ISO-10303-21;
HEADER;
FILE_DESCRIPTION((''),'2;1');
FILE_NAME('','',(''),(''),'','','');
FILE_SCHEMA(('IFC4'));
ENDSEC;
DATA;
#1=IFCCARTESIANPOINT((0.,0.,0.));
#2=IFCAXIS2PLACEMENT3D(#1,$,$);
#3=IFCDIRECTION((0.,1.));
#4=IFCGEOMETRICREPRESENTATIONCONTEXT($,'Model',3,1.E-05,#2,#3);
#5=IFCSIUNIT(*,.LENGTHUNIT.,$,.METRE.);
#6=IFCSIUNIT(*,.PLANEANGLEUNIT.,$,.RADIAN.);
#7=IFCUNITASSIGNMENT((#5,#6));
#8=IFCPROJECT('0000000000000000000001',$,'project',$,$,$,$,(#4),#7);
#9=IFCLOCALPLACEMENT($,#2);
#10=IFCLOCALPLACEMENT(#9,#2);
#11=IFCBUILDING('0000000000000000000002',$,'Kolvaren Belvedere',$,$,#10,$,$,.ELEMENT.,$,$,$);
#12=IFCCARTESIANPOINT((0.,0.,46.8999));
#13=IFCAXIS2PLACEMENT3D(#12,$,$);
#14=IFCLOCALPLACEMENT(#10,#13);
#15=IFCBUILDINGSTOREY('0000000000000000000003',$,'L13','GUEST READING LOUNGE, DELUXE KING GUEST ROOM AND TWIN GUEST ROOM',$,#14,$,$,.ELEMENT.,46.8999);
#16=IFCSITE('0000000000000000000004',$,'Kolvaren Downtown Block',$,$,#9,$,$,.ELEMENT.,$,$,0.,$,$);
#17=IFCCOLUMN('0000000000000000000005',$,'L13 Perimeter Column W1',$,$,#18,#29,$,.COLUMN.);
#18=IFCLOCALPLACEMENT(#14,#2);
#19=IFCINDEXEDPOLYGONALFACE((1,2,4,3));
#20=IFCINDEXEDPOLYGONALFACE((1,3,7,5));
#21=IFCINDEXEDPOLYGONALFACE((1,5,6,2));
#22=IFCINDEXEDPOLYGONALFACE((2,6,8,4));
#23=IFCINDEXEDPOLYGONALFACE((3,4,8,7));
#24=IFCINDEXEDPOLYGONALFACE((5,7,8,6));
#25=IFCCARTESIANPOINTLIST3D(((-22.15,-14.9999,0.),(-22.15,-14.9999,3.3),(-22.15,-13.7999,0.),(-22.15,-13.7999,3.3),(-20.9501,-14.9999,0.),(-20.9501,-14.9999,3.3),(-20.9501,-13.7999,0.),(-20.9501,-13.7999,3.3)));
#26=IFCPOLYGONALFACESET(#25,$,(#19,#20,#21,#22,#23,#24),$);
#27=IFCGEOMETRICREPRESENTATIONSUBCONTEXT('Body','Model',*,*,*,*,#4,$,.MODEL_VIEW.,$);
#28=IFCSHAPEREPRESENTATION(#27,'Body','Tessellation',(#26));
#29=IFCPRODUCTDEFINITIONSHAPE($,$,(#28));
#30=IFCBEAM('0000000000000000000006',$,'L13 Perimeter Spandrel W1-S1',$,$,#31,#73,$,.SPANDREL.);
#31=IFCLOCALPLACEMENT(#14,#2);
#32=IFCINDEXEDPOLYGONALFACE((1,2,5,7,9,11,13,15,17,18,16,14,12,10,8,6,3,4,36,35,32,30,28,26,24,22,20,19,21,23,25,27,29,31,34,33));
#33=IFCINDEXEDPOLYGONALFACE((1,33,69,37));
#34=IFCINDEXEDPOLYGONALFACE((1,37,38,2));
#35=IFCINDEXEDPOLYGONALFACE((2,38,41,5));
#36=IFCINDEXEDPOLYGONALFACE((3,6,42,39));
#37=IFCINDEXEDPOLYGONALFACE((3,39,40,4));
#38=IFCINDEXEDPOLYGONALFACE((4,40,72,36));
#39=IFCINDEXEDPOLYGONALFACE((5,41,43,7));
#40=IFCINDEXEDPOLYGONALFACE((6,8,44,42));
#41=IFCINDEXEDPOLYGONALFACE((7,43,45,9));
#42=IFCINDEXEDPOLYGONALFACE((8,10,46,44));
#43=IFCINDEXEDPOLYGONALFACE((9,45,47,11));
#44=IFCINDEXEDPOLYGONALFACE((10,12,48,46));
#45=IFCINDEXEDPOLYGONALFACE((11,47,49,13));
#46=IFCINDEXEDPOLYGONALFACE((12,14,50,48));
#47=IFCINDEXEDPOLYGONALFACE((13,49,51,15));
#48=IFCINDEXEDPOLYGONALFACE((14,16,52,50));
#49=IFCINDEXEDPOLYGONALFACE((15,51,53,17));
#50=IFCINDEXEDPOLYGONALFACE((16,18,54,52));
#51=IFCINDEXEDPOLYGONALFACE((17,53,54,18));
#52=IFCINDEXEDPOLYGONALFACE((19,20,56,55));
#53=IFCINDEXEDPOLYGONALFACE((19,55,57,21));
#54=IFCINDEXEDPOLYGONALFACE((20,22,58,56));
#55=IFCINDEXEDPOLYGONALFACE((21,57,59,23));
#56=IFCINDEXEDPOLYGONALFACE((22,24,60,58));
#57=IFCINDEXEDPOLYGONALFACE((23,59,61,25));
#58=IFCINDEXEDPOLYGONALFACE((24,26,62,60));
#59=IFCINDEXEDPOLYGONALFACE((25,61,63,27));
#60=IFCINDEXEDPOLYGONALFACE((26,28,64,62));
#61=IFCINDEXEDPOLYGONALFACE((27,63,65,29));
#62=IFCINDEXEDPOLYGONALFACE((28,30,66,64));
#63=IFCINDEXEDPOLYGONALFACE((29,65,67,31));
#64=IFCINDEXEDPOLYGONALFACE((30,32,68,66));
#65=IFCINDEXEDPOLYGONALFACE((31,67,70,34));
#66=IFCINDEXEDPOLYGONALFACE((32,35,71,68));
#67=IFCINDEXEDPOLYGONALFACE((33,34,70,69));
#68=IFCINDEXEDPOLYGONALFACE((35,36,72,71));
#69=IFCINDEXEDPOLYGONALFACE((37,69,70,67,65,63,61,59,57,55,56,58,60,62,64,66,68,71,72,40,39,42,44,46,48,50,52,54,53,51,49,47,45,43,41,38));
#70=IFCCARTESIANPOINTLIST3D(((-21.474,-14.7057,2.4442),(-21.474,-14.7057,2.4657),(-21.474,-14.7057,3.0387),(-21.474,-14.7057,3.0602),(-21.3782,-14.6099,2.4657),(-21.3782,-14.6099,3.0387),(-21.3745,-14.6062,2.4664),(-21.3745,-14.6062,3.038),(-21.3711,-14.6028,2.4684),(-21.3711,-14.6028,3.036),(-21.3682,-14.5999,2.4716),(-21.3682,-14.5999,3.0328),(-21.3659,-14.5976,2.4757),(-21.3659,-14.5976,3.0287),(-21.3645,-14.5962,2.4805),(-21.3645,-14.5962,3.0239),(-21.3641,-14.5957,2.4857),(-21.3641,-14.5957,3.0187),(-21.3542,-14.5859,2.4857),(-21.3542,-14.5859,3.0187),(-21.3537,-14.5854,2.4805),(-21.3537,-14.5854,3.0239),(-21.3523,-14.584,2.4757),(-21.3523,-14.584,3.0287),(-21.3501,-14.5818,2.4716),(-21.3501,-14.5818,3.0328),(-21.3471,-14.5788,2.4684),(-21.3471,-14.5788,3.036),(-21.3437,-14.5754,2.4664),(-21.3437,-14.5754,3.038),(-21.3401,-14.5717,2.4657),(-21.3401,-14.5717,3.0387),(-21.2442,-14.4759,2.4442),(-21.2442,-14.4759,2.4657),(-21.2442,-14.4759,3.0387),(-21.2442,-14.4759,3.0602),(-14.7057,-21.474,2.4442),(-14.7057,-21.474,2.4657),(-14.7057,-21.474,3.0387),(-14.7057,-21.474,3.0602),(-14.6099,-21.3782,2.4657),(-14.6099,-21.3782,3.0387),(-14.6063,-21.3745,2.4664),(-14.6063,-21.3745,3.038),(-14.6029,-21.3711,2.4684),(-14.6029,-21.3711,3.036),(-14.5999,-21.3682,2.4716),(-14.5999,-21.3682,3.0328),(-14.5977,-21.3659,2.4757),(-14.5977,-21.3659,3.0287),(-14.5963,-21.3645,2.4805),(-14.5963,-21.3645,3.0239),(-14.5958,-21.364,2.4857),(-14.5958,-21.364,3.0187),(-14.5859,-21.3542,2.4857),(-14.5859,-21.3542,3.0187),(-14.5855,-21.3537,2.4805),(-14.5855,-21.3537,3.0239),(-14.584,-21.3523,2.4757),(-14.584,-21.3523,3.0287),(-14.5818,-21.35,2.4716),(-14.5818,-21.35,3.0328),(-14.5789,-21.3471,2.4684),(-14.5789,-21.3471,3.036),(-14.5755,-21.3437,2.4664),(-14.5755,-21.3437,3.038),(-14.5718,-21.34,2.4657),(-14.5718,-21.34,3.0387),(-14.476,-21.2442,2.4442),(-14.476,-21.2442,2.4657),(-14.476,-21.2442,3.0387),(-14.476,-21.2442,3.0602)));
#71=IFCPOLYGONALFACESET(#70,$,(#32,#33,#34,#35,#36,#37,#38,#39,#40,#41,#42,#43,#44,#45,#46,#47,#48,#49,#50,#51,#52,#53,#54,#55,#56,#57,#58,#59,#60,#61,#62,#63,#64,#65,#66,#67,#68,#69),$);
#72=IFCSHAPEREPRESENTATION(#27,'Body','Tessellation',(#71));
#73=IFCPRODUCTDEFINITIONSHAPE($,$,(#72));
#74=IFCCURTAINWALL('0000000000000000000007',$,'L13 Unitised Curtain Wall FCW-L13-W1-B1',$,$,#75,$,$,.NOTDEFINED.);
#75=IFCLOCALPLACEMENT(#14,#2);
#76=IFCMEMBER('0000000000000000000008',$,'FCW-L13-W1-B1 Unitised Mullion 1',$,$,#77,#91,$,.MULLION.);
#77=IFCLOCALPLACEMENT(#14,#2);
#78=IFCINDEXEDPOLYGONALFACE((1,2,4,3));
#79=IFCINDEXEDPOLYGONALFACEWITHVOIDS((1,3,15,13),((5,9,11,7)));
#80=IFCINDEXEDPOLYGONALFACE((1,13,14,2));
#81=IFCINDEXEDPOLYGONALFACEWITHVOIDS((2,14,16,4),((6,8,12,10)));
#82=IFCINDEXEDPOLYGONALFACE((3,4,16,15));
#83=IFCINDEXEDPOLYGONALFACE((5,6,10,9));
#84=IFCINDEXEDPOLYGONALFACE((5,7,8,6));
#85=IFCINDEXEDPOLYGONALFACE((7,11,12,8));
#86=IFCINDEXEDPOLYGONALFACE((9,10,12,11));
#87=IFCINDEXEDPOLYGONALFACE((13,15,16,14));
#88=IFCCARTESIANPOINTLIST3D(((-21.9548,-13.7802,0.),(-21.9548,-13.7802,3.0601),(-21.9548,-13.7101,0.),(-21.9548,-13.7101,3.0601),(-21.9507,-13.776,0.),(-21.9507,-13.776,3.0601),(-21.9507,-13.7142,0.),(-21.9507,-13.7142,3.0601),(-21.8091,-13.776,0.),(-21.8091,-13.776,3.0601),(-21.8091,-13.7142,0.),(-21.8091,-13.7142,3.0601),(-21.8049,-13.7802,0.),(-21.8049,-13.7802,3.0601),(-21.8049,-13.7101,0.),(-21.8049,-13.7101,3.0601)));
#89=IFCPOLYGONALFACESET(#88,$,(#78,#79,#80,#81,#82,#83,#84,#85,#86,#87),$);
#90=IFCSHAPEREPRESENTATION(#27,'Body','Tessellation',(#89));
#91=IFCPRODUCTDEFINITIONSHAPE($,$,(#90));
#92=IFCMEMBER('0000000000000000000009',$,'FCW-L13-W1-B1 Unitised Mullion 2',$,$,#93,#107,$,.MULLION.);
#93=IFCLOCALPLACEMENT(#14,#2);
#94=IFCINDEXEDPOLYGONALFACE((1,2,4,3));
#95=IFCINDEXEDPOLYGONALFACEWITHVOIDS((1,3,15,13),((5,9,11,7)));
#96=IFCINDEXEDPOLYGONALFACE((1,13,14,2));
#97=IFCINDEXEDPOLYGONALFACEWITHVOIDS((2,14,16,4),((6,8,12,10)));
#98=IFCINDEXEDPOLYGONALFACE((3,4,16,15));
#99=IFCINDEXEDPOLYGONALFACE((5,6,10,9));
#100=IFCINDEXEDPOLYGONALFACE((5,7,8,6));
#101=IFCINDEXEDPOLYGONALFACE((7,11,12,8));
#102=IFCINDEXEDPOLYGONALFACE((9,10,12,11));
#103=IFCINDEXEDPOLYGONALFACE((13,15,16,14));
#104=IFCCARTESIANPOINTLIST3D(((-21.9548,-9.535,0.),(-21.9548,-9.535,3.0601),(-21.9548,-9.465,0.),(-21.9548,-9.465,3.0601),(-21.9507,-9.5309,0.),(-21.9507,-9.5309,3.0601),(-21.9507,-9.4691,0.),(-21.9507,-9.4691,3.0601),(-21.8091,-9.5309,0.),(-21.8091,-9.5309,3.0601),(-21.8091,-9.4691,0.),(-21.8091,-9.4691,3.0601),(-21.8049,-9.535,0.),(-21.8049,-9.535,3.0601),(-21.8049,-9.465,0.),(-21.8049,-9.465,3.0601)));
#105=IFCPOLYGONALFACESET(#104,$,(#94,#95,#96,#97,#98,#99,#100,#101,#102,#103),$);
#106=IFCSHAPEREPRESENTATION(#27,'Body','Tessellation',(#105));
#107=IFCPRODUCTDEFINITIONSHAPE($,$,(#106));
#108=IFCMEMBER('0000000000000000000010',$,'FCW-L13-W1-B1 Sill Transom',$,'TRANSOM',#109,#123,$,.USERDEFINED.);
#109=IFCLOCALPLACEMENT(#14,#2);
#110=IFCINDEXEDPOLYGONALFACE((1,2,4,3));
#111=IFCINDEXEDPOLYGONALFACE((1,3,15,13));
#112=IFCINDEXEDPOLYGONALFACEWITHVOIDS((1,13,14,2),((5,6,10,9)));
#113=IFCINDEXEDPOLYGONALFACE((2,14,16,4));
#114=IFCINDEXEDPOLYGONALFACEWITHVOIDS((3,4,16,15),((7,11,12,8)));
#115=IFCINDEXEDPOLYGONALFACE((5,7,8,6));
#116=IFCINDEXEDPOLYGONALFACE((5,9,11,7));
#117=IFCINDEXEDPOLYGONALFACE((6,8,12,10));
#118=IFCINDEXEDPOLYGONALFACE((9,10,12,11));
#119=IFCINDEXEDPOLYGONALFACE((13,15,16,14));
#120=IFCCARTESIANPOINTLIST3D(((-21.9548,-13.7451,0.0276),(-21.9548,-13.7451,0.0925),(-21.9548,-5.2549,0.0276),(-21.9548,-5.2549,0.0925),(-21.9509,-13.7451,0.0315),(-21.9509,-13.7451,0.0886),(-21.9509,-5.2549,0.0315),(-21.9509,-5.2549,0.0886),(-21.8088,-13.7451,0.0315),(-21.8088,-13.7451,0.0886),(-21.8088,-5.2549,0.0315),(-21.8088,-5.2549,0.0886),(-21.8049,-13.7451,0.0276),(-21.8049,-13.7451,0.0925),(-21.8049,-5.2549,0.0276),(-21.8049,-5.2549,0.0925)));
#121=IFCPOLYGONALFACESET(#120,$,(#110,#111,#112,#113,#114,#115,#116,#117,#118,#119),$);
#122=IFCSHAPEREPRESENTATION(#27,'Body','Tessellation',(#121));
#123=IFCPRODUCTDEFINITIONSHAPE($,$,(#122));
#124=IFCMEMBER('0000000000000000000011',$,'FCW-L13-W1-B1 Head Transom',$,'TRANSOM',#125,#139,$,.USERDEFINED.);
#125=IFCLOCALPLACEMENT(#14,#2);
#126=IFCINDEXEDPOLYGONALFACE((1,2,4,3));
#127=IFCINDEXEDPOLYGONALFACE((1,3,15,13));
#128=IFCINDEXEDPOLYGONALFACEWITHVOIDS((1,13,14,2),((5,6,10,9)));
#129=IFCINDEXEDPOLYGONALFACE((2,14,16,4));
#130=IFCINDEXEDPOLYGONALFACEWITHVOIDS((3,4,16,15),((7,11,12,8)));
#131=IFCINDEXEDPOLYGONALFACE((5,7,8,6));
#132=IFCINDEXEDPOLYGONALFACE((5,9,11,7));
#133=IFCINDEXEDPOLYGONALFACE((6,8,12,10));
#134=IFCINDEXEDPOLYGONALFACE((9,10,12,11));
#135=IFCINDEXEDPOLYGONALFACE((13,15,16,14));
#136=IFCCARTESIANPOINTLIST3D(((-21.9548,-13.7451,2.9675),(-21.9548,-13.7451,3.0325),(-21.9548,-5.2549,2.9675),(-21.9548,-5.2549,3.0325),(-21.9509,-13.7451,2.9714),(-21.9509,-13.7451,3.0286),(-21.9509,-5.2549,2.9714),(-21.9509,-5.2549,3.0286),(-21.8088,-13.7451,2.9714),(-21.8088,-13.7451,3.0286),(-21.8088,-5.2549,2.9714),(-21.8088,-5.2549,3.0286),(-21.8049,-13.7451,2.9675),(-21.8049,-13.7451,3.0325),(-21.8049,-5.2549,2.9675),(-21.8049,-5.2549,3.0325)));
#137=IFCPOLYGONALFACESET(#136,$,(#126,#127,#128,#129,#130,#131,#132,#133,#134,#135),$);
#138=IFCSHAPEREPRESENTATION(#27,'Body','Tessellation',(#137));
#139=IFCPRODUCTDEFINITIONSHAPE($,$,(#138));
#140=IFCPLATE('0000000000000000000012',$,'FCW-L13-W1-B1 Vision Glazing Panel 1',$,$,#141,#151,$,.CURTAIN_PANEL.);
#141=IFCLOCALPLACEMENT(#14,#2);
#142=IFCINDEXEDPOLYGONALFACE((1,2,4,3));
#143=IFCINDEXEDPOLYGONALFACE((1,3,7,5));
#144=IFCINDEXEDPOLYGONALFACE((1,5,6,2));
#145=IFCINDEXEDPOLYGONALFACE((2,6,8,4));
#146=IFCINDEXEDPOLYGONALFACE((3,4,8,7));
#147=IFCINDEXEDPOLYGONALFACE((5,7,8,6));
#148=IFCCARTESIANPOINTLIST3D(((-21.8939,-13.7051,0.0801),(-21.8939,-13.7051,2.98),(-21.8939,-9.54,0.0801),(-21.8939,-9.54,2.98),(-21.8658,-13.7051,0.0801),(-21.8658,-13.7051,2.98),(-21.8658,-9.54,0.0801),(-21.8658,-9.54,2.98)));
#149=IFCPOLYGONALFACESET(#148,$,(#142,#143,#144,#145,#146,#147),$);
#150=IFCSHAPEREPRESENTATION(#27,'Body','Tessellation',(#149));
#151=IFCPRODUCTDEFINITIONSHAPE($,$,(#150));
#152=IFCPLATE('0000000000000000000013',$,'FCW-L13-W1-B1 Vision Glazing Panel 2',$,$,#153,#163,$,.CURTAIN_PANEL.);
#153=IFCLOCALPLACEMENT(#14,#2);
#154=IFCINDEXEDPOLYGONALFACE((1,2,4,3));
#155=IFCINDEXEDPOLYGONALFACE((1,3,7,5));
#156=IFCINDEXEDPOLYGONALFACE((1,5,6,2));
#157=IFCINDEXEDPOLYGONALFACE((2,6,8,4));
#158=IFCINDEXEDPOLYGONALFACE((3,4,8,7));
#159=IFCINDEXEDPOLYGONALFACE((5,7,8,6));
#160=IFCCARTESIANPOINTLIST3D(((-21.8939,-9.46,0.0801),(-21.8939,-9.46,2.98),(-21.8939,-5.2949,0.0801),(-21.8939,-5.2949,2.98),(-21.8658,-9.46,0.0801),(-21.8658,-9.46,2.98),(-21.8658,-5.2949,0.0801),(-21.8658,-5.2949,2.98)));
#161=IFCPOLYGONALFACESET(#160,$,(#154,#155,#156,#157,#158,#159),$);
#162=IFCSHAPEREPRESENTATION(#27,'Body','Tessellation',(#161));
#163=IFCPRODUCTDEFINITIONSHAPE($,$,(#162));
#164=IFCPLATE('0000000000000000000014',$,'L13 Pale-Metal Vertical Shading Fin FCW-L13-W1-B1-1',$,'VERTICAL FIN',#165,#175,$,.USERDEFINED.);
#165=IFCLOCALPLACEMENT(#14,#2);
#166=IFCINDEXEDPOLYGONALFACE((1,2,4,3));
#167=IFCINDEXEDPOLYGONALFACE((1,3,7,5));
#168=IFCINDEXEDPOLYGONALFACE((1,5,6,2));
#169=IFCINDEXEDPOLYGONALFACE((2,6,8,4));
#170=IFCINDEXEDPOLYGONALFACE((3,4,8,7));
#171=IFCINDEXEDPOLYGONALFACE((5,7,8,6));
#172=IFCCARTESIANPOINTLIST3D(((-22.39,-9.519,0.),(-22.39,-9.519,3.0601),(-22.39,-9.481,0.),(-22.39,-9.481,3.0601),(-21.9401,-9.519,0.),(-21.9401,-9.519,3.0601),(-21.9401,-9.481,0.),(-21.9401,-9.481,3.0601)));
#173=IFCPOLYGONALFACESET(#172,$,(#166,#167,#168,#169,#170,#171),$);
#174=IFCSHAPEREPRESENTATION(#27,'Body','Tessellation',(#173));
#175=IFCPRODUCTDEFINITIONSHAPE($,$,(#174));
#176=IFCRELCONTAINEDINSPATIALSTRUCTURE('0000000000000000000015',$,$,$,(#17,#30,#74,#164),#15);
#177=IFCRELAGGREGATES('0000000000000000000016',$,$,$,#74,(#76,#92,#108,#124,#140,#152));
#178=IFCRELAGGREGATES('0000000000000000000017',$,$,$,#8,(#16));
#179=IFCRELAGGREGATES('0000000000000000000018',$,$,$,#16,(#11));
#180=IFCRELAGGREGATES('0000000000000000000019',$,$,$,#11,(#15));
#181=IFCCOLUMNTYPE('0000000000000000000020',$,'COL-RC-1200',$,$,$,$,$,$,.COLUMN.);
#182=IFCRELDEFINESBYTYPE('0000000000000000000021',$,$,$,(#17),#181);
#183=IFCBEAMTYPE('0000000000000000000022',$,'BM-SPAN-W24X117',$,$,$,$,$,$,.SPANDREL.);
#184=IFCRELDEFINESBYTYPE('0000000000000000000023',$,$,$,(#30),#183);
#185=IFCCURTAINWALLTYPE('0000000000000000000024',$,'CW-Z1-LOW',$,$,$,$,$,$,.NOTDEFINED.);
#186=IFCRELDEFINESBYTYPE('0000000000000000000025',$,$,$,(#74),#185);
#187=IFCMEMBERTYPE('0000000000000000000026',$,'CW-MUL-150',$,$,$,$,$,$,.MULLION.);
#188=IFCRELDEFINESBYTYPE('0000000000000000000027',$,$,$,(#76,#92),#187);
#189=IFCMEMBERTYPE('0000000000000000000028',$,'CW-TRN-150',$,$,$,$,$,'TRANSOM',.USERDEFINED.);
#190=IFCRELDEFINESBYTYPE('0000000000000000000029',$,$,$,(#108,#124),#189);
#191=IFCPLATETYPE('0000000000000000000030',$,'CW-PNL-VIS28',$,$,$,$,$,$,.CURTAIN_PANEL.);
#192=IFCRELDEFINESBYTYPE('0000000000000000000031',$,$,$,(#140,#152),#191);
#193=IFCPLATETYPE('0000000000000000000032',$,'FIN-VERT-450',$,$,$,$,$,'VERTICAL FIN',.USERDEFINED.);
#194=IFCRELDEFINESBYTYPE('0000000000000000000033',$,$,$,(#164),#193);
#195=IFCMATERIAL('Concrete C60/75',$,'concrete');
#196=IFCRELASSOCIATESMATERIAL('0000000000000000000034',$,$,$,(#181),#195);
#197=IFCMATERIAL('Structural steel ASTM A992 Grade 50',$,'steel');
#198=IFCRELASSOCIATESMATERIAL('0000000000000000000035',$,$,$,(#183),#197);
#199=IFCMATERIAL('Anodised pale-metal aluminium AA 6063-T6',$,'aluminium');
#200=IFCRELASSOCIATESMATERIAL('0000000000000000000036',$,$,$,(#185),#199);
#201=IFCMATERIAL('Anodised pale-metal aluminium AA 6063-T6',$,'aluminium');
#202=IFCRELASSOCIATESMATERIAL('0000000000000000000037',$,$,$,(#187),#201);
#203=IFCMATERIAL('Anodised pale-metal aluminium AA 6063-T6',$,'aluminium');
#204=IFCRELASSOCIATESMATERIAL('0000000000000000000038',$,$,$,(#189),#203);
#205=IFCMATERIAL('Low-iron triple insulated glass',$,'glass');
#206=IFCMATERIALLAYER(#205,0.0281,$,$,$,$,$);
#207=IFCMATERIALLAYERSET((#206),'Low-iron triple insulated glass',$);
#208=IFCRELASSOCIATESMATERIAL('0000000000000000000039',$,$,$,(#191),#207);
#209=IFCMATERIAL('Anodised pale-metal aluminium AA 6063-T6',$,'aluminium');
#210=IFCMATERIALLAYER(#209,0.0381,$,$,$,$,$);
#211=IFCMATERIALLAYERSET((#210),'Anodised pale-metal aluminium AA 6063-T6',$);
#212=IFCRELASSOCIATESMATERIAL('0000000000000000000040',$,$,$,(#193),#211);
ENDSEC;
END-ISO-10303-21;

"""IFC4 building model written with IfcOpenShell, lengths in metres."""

from ifc_helpers import new_model, si_unit, direction, frame, origin, origin_2d, place, context, subcontext, project, spatial, rectangle, hollow_rectangle, i_section, extrude, material, layer, layer_set, material_profile, profile_set, type_object, element, aggregate, save


model = new_model("IFC4")

# Units and contexts
model_context = context("Model", 3, precision=1e-05, world=origin(), true_north=direction((0.0, 1.0)))
body_context = subcontext(model_context, "Body", "Model", "MODEL_VIEW")
ifc_project = project(units=[si_unit("LENGTHUNIT", "METRE"), si_unit("PLANEANGLEUNIT", "RADIAN")], contexts=[model_context])

# Site, building, storey
site_placement = place(None, origin())
site = spatial("IfcSite", under=ifc_project, at=site_placement, Name="Kolvaren Downtown Block", CompositionType="ELEMENT", RefElevation=0.0)
building_placement = place(site_placement, origin())
building = spatial("IfcBuilding", under=site, at=building_placement, Name="Kolvaren Belvedere", CompositionType="ELEMENT")
storey_placement = place(building_placement, frame((0.0, 0.0, 46.8999)))
storey = spatial("IfcBuildingStorey", under=building, at=storey_placement, Name="L13", Description="GUEST READING LOUNGE, DELUXE KING GUEST ROOM AND TWIN GUEST ROOM", CompositionType="ELEMENT", Elevation=46.8999)

# Column
ifc_material_1 = material(Name="Concrete C60/75", Category="concrete")
ifc_material_profile_1 = material_profile(ifc_material_1, rectangle(XDim=1.2, YDim=1.2, at=origin_2d()), Name="RC 1200X1200")
ifc_profile_set_1 = profile_set([ifc_material_profile_1], Name="Concrete C60/75")
column_type = type_object("IfcColumnType", Name="COL-RC-1200", PredefinedType="COLUMN", material=ifc_profile_set_1)
column_placement = place(storey_placement, frame((-21.55, -14.3999, 0.0), z_axis=(0.0, 0.0, 1.0), x_axis=(1.0, 0.0, 0.0)))
element("IfcColumn", 1, at=column_placement, inside=storey, type_object=column_type, Name="L13 Perimeter Column W1", PredefinedType="COLUMN", context=body_context, shape_type="SweptSolid", body=[
    extrude(rectangle(XDim=1.2, YDim=1.2, at=origin_2d()), origin(), (0.0, 0.0, 1.0), 3.3),
])

# Beam
ifc_material_2 = material(Name="Structural steel ASTM A992 Grade 50", Category="steel")
ifc_material_profile_2 = material_profile(ifc_material_2, i_section(OverallWidth=0.325, OverallDepth=0.616, WebThickness=0.0139, FlangeThickness=0.0215, FilletRadius=0.02, at=origin_2d()), Name="W24X117")
ifc_profile_set_2 = profile_set([ifc_material_profile_2], Name="Structural steel ASTM A992 Grade 50")
beam_type = type_object("IfcBeamType", Name="BM-SPAN-W24X117", PredefinedType="SPANDREL", material=ifc_profile_set_2)
beam_placement = place(storey_placement, frame((-21.3591, -14.5908, 2.7522), z_axis=(0.707107, -0.707107, 0.0), x_axis=(0.707107, 0.707107, 0.0)))
element("IfcBeam", 2, at=beam_placement, inside=storey, type_object=beam_type, Name="L13 Perimeter Spandrel W1-S1", PredefinedType="SPANDREL", context=body_context, shape_type="SweptSolid", body=[
    extrude(i_section(OverallWidth=0.325, OverallDepth=0.616, WebThickness=0.0139, FlangeThickness=0.0215, FilletRadius=0.02, at=origin_2d()), origin(), (0.0, 0.0, 1.0), 9.5718),
])

# Curtain wall, members, plates
ifc_material_3 = material(Name="Anodised pale-metal aluminium AA 6063-T6", Category="aluminium")
curtain_wall_type = type_object("IfcCurtainWallType", Name="CW-Z1-LOW", PredefinedType="NOTDEFINED", material=ifc_material_3)
curtain_wall_placement = place(storey_placement, origin())
curtain_wall = element("IfcCurtainWall", 3, at=curtain_wall_placement, inside=storey, type_object=curtain_wall_type, Name="L13 Unitised Curtain Wall FCW-L13-W1-B1", PredefinedType="NOTDEFINED")
ifc_material_4 = material(Name="Anodised pale-metal aluminium AA 6063-T6", Category="aluminium")
ifc_material_profile_3 = material_profile(ifc_material_4, hollow_rectangle(XDim=0.0701, YDim=0.1499, WallThickness=0.0042, at=origin_2d()), Name="ALU-MUL-150X70")
ifc_profile_set_3 = profile_set([ifc_material_profile_3], Name="Anodised pale-metal aluminium AA 6063-T6")
member_type_1 = type_object("IfcMemberType", Name="CW-MUL-150", PredefinedType="MULLION", material=ifc_profile_set_3)
member_1_placement = place(storey_placement, frame((-21.8799, -13.7451, 0.0), z_axis=(0.0, 0.0, 1.0), x_axis=(0.0, 1.0, 0.0)))
member_1 = element("IfcMember", 4, at=member_1_placement, type_object=member_type_1, Name="FCW-L13-W1-B1 Unitised Mullion 1", PredefinedType="MULLION", context=body_context, shape_type="SweptSolid", body=[
    extrude(hollow_rectangle(XDim=0.0701, YDim=0.1499, WallThickness=0.0042, at=origin_2d()), origin(), (0.0, 0.0, 1.0), 3.0601),
])
member_2_placement = place(storey_placement, frame((-21.8799, -9.5, 0.0), z_axis=(0.0, 0.0, 1.0), x_axis=(0.0, 1.0, 0.0)))
member_2 = element("IfcMember", 5, at=member_2_placement, type_object=member_type_1, Name="FCW-L13-W1-B1 Unitised Mullion 2", PredefinedType="MULLION", context=body_context, shape_type="SweptSolid", body=[
    extrude(hollow_rectangle(XDim=0.0701, YDim=0.1499, WallThickness=0.0042, at=origin_2d()), origin(), (0.0, 0.0, 1.0), 3.0601),
])
ifc_material_5 = material(Name="Anodised pale-metal aluminium AA 6063-T6", Category="aluminium")
ifc_material_profile_4 = material_profile(ifc_material_5, hollow_rectangle(XDim=0.0649, YDim=0.1499, WallThickness=0.0039, at=origin_2d()), Name="ALU-TRN-150X65")
ifc_profile_set_4 = profile_set([ifc_material_profile_4], Name="Anodised pale-metal aluminium AA 6063-T6")
member_type_2 = type_object("IfcMemberType", Name="CW-TRN-150", ElementType="TRANSOM", PredefinedType="USERDEFINED", material=ifc_profile_set_4)
member_3_placement = place(storey_placement, frame((-21.8799, -13.7451, 0.0601), z_axis=(0.0, 1.0, 0.0), x_axis=(0.0, 0.0, 1.0)))
member_3 = element("IfcMember", 6, at=member_3_placement, type_object=member_type_2, Name="FCW-L13-W1-B1 Sill Transom", ObjectType="TRANSOM", PredefinedType="USERDEFINED", context=body_context, shape_type="SweptSolid", body=[
    extrude(hollow_rectangle(XDim=0.0649, YDim=0.1499, WallThickness=0.0039, at=origin_2d()), origin(), (0.0, 0.0, 1.0), 8.4902),
])
member_4_placement = place(storey_placement, frame((-21.8799, -13.7451, 3.0), z_axis=(0.0, 1.0, 0.0), x_axis=(0.0, 0.0, 1.0)))
member_4 = element("IfcMember", 7, at=member_4_placement, type_object=member_type_2, Name="FCW-L13-W1-B1 Head Transom", ObjectType="TRANSOM", PredefinedType="USERDEFINED", context=body_context, shape_type="SweptSolid", body=[
    extrude(hollow_rectangle(XDim=0.0649, YDim=0.1499, WallThickness=0.0039, at=origin_2d()), origin(), (0.0, 0.0, 1.0), 8.4902),
])
ifc_material_6 = material(Name="Low-iron triple insulated glass", Category="glass")
ifc_layer_1 = layer(ifc_material_6, 0.0281)
ifc_layer_set_1 = layer_set([ifc_layer_1], Name="Low-iron triple insulated glass")
plate_type_1 = type_object("IfcPlateType", Name="CW-PNL-VIS28", PredefinedType="CURTAIN_PANEL", material=ifc_layer_set_1)
plate_1_placement = place(storey_placement, frame((-21.8799, -11.6226, 0.0801), z_axis=(0.0, 0.0, 1.0), x_axis=(0.0, 1.0, 0.0)))
plate_1 = element("IfcPlate", 8, at=plate_1_placement, type_object=plate_type_1, Name="FCW-L13-W1-B1 Vision Glazing Panel 1", PredefinedType="CURTAIN_PANEL", context=body_context, shape_type="SweptSolid", body=[
    extrude(rectangle(XDim=4.165, YDim=0.0281, at=origin_2d()), origin(), (0.0, 0.0, 1.0), 2.8999),
])
plate_2_placement = place(storey_placement, frame((-21.8799, -7.3774, 0.0801), z_axis=(0.0, 0.0, 1.0), x_axis=(0.0, 1.0, 0.0)))
plate_2 = element("IfcPlate", 9, at=plate_2_placement, type_object=plate_type_1, Name="FCW-L13-W1-B1 Vision Glazing Panel 2", PredefinedType="CURTAIN_PANEL", context=body_context, shape_type="SweptSolid", body=[
    extrude(rectangle(XDim=4.165, YDim=0.0281, at=origin_2d()), origin(), (0.0, 0.0, 1.0), 2.8999),
])
aggregate(curtain_wall, [member_1, member_2, member_3, member_4, plate_1, plate_2])

# Plate
ifc_material_7 = material(Name="Anodised pale-metal aluminium AA 6063-T6", Category="aluminium")
ifc_layer_2 = layer(ifc_material_7, 0.0381)
ifc_layer_set_2 = layer_set([ifc_layer_2], Name="Anodised pale-metal aluminium AA 6063-T6")
plate_type_2 = type_object("IfcPlateType", Name="FIN-VERT-450", ElementType="VERTICAL FIN", PredefinedType="USERDEFINED", material=ifc_layer_set_2)
plate_3_placement = place(storey_placement, frame((-22.165, -9.5, 0.0), z_axis=(0.0, 0.0, 1.0), x_axis=(1.0, 0.0, 0.0)))
element("IfcPlate", 10, at=plate_3_placement, inside=storey, type_object=plate_type_2, Name="L13 Pale-Metal Vertical Shading Fin FCW-L13-W1-B1-1", ObjectType="VERTICAL FIN", PredefinedType="USERDEFINED", context=body_context, shape_type="SweptSolid", body=[
    extrude(rectangle(XDim=0.45, YDim=0.0381, at=origin_2d()), origin(), (0.0, 0.0, 1.0), 3.0601),
])

save(model, "model.ifc")
